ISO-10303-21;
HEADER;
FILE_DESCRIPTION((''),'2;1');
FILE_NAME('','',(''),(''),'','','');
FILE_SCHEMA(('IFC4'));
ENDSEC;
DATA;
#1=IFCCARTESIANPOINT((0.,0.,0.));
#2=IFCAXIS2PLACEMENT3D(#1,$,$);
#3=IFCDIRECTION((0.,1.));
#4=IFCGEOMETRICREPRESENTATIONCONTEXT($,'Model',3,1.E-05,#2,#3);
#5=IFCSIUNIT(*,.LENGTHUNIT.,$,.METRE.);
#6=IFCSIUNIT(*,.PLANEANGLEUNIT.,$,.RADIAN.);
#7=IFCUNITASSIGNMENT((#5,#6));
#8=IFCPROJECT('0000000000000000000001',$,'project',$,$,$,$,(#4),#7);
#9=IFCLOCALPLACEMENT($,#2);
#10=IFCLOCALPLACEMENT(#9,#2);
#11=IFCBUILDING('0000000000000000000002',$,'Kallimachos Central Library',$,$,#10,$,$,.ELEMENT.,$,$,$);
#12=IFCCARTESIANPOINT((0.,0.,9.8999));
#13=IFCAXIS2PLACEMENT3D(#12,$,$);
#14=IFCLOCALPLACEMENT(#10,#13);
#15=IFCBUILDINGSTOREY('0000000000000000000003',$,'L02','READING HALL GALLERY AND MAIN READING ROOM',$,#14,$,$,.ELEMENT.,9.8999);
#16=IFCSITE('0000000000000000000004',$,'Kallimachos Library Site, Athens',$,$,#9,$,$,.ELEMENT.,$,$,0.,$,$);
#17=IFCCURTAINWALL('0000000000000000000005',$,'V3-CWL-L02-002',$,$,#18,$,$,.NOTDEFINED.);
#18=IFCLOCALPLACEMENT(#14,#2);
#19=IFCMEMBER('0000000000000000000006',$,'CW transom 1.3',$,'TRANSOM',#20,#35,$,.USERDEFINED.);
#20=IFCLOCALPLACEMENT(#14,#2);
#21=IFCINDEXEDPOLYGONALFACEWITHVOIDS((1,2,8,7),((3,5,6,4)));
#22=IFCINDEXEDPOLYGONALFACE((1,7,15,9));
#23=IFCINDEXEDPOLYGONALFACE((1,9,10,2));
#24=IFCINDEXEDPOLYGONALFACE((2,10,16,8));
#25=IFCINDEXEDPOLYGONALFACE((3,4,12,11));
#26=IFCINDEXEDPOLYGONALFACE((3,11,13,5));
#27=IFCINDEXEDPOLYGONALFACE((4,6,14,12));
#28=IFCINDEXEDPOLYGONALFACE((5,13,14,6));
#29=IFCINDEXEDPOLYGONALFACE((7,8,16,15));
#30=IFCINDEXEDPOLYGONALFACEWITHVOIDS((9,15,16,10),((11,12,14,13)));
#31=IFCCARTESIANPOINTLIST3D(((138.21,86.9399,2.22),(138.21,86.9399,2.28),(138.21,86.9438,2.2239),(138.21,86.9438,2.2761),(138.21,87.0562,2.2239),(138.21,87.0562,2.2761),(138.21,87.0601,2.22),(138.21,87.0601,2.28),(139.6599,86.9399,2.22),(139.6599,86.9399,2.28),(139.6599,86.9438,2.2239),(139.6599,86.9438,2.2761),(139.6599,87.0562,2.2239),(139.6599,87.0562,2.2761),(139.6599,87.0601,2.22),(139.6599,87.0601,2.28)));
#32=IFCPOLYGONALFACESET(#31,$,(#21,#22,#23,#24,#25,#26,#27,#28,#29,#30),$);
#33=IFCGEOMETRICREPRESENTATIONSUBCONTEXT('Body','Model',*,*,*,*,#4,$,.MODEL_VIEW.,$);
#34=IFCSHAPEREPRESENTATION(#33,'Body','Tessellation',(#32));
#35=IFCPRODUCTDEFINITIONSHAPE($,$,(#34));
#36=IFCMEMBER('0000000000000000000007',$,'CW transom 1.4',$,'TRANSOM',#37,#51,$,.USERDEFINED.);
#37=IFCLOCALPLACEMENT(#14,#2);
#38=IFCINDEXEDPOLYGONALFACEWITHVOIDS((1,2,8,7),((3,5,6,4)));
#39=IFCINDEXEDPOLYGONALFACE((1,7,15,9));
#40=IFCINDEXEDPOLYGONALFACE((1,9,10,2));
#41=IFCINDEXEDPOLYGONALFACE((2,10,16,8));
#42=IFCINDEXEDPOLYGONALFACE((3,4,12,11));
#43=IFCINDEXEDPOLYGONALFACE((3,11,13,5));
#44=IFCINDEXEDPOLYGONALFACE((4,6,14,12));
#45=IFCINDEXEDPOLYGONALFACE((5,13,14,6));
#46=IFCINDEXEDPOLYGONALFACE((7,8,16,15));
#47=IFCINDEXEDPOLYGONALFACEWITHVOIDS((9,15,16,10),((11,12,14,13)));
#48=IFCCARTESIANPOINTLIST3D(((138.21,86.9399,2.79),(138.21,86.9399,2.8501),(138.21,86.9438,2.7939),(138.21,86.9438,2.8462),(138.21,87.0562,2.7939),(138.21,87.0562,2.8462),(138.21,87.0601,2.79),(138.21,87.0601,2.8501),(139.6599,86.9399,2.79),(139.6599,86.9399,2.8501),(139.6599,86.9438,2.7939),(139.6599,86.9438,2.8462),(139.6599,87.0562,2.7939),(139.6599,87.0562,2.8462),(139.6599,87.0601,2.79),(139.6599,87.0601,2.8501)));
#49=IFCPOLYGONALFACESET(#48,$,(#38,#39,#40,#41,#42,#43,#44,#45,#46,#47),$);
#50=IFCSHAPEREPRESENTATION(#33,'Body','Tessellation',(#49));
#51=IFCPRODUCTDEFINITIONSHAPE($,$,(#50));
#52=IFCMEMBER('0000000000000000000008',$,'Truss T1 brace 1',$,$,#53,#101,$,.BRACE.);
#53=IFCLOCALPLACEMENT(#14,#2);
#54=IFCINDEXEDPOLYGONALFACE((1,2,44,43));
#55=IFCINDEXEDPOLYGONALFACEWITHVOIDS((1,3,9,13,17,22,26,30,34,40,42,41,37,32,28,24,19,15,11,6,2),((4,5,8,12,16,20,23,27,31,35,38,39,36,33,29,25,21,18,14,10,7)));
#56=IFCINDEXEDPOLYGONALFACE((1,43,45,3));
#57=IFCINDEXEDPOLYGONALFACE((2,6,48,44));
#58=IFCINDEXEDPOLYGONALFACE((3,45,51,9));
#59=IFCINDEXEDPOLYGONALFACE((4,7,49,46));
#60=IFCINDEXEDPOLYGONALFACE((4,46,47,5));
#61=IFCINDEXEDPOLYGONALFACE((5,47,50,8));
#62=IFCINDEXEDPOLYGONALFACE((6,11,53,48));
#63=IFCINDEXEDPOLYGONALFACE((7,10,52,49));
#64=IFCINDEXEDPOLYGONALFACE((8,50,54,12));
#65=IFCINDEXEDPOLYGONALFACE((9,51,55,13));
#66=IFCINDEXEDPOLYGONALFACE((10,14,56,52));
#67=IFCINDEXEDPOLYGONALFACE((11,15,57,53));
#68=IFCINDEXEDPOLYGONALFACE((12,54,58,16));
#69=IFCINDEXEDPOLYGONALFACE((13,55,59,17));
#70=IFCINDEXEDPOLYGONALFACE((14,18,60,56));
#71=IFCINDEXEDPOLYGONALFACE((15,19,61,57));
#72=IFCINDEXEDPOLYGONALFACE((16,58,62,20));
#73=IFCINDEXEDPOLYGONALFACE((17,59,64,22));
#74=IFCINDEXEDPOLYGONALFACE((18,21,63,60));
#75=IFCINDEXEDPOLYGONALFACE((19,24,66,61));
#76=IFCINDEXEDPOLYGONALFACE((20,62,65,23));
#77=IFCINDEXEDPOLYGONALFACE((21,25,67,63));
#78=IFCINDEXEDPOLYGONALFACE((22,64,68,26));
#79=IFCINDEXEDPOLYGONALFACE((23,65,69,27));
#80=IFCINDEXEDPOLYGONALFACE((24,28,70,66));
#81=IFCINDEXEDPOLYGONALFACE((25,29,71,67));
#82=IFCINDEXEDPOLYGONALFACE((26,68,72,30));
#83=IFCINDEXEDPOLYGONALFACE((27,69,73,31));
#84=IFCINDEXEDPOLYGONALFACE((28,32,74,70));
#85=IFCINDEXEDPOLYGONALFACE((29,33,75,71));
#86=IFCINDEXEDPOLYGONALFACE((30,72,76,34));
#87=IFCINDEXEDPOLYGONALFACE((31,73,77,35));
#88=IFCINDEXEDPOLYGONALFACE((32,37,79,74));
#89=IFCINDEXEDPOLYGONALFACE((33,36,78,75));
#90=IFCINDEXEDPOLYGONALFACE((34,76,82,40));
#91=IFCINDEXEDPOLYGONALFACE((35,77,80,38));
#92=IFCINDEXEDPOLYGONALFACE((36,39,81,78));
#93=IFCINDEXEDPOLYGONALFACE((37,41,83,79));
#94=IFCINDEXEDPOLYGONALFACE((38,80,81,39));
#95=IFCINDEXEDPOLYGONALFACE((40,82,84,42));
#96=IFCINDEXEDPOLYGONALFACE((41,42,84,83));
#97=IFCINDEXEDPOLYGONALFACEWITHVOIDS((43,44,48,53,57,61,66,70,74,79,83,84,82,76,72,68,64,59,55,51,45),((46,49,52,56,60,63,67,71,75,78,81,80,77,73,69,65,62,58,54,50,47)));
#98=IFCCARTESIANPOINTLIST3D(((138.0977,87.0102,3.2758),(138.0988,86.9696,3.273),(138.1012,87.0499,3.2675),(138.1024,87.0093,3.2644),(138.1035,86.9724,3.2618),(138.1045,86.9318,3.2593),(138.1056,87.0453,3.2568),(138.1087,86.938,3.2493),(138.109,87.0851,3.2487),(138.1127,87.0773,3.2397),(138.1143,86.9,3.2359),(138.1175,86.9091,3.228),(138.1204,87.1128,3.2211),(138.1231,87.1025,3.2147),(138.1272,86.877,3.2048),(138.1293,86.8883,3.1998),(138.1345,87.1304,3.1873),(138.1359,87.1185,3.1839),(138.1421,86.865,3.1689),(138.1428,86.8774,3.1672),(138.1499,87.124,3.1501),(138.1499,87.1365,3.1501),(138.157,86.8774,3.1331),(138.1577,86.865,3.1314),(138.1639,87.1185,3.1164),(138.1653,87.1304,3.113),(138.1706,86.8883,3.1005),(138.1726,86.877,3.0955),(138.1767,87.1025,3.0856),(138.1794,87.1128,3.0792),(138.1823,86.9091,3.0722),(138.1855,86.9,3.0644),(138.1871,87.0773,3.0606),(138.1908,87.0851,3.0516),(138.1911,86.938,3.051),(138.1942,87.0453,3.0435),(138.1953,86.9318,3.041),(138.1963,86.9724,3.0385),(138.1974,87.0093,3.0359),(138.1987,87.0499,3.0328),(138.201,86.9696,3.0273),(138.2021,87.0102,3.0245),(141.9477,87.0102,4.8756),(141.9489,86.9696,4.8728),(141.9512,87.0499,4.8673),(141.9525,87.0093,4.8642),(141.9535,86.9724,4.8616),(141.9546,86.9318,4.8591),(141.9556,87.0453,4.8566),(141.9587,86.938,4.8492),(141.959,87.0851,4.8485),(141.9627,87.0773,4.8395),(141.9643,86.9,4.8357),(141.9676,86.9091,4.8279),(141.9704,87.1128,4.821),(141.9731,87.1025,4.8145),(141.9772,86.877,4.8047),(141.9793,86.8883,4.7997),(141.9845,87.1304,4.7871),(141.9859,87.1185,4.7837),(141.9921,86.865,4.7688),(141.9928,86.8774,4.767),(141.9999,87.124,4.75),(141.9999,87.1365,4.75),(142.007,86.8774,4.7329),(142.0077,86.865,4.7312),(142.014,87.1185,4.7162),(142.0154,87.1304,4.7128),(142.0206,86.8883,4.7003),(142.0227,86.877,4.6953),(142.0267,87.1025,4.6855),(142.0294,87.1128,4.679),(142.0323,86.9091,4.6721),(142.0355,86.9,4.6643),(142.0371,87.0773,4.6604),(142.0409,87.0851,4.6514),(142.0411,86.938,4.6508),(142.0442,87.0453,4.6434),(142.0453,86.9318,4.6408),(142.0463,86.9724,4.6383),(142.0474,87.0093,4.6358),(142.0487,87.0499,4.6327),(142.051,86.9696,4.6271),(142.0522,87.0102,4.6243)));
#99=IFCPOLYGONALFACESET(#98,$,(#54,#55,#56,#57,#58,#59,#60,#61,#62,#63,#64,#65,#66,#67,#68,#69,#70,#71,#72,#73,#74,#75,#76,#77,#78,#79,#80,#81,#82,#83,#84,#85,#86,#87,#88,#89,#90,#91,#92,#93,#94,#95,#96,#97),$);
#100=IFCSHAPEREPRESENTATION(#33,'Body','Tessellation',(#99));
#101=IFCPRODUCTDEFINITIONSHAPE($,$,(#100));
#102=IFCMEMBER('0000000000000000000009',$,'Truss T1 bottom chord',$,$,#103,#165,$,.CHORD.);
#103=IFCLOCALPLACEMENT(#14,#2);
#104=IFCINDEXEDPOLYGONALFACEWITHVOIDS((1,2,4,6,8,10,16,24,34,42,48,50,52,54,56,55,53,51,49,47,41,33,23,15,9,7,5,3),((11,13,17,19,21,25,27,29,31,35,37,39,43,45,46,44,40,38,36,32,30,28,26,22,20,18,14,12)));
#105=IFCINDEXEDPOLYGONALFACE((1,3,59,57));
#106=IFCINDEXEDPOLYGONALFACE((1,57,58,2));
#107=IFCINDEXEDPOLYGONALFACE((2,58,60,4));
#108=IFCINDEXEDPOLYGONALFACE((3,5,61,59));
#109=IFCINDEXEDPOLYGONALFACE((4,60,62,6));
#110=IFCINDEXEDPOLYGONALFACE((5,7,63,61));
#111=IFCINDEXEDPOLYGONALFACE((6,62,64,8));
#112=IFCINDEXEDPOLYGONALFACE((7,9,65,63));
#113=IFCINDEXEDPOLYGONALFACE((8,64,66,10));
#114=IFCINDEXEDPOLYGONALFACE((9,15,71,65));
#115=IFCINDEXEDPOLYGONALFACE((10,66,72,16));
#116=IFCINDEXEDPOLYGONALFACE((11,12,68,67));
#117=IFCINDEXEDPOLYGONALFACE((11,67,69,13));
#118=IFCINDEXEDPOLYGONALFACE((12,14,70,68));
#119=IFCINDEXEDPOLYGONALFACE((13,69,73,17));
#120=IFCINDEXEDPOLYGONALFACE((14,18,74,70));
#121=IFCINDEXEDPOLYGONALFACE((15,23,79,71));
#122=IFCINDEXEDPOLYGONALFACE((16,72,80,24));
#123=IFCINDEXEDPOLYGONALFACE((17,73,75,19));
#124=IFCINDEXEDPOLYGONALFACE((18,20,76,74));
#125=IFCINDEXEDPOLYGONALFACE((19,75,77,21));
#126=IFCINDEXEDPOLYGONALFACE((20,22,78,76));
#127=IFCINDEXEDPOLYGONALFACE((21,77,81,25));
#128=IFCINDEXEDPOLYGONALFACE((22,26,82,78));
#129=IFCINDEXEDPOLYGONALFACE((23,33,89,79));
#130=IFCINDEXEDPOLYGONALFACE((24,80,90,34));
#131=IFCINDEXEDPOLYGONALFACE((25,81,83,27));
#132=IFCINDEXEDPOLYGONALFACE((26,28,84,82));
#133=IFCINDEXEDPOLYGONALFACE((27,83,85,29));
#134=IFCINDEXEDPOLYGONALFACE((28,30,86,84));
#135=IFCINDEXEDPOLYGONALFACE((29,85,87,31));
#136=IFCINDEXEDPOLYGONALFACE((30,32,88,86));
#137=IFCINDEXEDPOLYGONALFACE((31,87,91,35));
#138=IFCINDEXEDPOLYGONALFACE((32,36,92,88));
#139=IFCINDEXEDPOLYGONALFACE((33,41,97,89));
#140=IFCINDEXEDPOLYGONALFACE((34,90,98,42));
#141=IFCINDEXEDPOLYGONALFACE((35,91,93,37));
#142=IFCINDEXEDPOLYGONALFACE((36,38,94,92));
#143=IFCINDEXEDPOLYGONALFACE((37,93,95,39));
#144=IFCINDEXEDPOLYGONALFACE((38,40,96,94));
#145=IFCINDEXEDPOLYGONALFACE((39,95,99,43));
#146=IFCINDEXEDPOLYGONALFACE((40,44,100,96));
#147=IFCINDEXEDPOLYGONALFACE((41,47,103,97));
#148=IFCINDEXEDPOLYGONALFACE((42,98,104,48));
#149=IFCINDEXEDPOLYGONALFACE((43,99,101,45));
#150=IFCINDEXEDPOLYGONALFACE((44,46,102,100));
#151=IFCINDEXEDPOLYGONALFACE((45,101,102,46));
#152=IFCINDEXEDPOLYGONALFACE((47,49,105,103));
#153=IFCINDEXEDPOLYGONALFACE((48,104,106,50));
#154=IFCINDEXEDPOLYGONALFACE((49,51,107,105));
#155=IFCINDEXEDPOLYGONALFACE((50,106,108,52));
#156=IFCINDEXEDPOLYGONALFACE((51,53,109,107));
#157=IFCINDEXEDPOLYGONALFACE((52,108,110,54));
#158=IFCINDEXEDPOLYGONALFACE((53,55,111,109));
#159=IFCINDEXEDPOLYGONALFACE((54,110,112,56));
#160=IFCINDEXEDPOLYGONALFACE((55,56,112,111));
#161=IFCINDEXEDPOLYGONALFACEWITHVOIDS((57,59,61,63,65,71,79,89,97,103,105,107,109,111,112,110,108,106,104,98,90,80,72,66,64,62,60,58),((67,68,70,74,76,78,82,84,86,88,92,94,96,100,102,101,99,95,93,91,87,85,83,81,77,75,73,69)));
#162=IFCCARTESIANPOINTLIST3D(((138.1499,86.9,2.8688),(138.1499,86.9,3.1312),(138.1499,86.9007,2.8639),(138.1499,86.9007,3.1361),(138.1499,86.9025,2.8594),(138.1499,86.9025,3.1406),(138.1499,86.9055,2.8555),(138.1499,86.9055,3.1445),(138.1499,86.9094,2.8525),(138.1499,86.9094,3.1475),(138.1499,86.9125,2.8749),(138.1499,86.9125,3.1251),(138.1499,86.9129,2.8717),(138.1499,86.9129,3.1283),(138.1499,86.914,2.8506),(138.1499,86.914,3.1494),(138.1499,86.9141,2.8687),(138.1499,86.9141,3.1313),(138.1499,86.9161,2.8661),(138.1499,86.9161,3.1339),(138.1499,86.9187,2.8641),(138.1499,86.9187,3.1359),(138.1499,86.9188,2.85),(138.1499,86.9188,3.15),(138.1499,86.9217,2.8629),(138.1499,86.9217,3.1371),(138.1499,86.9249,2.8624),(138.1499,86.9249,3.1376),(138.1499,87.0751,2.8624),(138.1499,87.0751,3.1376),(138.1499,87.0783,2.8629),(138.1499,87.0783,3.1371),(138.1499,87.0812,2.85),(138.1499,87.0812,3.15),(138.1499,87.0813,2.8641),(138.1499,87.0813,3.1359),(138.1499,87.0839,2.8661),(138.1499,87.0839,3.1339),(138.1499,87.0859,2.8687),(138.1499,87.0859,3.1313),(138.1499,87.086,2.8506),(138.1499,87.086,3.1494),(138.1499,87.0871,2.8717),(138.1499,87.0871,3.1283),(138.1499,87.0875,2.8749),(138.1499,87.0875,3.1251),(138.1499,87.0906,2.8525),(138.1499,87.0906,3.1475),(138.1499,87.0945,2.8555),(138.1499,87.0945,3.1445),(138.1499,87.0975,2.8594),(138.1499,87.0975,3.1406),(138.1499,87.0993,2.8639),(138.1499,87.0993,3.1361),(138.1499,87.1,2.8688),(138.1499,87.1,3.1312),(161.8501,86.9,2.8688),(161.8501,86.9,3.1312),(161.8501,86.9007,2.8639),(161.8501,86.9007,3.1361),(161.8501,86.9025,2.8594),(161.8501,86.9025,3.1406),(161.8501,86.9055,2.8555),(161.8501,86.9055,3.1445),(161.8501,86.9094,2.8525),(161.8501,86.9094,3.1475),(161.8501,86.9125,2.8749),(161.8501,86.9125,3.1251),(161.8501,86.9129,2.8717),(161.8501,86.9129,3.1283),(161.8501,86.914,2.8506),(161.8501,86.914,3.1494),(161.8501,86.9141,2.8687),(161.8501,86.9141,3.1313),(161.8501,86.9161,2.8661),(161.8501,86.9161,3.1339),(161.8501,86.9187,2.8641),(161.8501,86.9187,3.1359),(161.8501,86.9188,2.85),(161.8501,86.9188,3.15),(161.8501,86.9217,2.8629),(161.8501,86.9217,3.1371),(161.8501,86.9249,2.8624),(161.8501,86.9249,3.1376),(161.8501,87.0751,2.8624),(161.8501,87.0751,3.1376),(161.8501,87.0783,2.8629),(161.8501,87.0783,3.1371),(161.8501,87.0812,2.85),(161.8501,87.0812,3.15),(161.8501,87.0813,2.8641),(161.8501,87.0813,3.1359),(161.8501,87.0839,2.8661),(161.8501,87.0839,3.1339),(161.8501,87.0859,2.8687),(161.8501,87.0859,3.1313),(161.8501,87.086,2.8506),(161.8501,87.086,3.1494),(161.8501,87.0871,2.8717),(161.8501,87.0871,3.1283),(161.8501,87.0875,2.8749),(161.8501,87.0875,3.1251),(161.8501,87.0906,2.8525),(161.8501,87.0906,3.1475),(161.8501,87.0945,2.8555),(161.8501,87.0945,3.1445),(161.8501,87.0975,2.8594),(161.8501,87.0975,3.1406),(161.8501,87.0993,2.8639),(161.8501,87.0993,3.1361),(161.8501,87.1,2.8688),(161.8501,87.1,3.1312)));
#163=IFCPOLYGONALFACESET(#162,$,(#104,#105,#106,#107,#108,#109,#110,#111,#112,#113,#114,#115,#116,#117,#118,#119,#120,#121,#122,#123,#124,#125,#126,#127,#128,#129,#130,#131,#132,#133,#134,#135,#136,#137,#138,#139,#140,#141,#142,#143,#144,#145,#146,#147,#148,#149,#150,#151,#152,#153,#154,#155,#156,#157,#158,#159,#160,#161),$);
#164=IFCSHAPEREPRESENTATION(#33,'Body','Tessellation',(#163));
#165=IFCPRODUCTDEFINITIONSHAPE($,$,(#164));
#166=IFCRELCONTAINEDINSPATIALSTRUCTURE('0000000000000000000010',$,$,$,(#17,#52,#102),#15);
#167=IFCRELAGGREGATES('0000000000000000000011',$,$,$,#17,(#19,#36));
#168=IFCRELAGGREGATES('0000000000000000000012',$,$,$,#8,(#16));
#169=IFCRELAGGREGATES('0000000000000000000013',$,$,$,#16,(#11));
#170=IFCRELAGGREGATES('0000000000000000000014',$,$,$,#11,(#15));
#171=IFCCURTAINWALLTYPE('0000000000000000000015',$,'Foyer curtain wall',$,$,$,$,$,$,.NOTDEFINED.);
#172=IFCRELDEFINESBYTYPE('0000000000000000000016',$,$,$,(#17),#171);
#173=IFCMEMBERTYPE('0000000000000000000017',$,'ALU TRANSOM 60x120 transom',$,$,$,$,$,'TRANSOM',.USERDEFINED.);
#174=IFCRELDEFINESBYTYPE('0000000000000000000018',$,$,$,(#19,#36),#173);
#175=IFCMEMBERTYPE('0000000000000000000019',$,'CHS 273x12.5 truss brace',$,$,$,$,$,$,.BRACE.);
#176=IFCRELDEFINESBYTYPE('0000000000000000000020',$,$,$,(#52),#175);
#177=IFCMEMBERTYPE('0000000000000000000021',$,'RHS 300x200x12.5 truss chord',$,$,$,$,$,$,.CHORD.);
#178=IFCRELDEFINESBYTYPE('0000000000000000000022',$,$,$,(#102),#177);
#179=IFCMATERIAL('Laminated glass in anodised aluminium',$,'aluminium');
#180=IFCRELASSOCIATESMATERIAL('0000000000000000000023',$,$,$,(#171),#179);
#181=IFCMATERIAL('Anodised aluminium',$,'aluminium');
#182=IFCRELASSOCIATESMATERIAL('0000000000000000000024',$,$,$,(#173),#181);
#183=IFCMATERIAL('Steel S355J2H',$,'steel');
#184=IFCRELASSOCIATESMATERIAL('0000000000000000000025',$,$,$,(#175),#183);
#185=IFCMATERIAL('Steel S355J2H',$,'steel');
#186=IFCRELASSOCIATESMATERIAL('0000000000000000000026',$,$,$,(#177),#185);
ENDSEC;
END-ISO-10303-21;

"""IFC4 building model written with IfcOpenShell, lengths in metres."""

from ifc_helpers import new_model, si_unit, direction, frame, origin, origin_2d, place, context, subcontext, project, spatial, hollow_rectangle, hollow_circle, extrude, material, material_profile, profile_set, type_object, element, aggregate, save


model = new_model("IFC4")

# Units and contexts
model_context = context("Model", 3, precision=1e-05, world=origin(), true_north=direction((0.0, 1.0)))
body_context = subcontext(model_context, "Body", "Model", "MODEL_VIEW")
ifc_project = project(units=[si_unit("LENGTHUNIT", "METRE"), si_unit("PLANEANGLEUNIT", "RADIAN")], contexts=[model_context])

# Site, building, storey
site_placement = place(None, origin())
site = spatial("IfcSite", under=ifc_project, at=site_placement, Name="Kallimachos Library Site, Athens", CompositionType="ELEMENT", RefElevation=0.0)
building_placement = place(site_placement, origin())
building = spatial("IfcBuilding", under=site, at=building_placement, Name="Kallimachos Central Library", CompositionType="ELEMENT")
storey_placement = place(building_placement, frame((0.0, 0.0, 9.8999)))
storey = spatial("IfcBuildingStorey", under=building, at=storey_placement, Name="L02", Description="READING HALL GALLERY AND MAIN READING ROOM", CompositionType="ELEMENT", Elevation=9.8999)

# Curtain wall
ifc_material_1 = material(Name="Laminated glass in anodised aluminium", Category="aluminium")
curtain_wall_type = type_object("IfcCurtainWallType", Name="Foyer curtain wall", PredefinedType="NOTDEFINED", material=ifc_material_1)
curtain_wall_1_placement = place(storey_placement, origin())
curtain_wall_1 = element("IfcCurtainWall", 1, at=curtain_wall_1_placement, inside=storey, type_object=curtain_wall_type, Name="V3-CWL-L02-002", PredefinedType="NOTDEFINED")

# Members
ifc_material_2 = material(Name="Anodised aluminium", Category="aluminium")
ifc_material_profile_1 = material_profile(ifc_material_2, hollow_rectangle(XDim=0.0601, YDim=0.1201, WallThickness=0.0039, at=origin_2d()), Name="ALU TRANSOM 60x120")
ifc_profile_set_1 = profile_set([ifc_material_profile_1], Name="Anodised aluminium")
member_type_1 = type_object("IfcMemberType", Name="ALU TRANSOM 60x120 transom", ElementType="TRANSOM", PredefinedType="USERDEFINED", material=ifc_profile_set_1)
member_1_placement = place(storey_placement, frame((138.21, 87.0, 2.25), z_axis=(1.0, 0.0, 0.0), x_axis=(0.0, 0.0, 1.0)))
member_1 = element("IfcMember", 2, at=member_1_placement, type_object=member_type_1, Name="CW transom 1.3", ObjectType="TRANSOM", PredefinedType="USERDEFINED", context=body_context, shape_type="SweptSolid", body=[
    extrude(hollow_rectangle(XDim=0.0601, YDim=0.1201, WallThickness=0.0039, at=origin_2d()), origin(), (0.0, 0.0, 1.0), 1.45),
])
member_2_placement = place(storey_placement, frame((138.21, 87.0, 2.8201), z_axis=(1.0, 0.0, 0.0), x_axis=(0.0, 0.0, 1.0)))
member_2 = element("IfcMember", 3, at=member_2_placement, type_object=member_type_1, Name="CW transom 1.4", ObjectType="TRANSOM", PredefinedType="USERDEFINED", context=body_context, shape_type="SweptSolid", body=[
    extrude(hollow_rectangle(XDim=0.0601, YDim=0.1201, WallThickness=0.0039, at=origin_2d()), origin(), (0.0, 0.0, 1.0), 1.45),
])
aggregate(curtain_wall_1, [member_1, member_2])

# Members
ifc_material_3 = material(Name="Steel S355J2H", Category="steel")
ifc_material_profile_2 = material_profile(ifc_material_3, hollow_circle(Radius=0.1365, WallThickness=0.0125, at=origin_2d()), Name="CHS 273x12.5")
ifc_profile_set_2 = profile_set([ifc_material_profile_2], Name="Steel S355J2H")
member_type_2 = type_object("IfcMemberType", Name="CHS 273x12.5 truss brace", PredefinedType="BRACE", material=ifc_profile_set_2)
member_3_placement = place(storey_placement, frame((138.1499, 87.0, 3.1501), z_axis=(0.923447, 0.0, 0.383725), x_axis=(0.0, 1.0, 0.0)))
element("IfcMember", 4, at=member_3_placement, inside=storey, type_object=member_type_2, Name="Truss T1 brace 1", PredefinedType="BRACE", context=body_context, shape_type="SweptSolid", body=[
    extrude(hollow_circle(Radius=0.1365, WallThickness=0.0125, at=origin_2d()), origin(), (0.0, 0.0, 1.0), 4.1692),
])
ifc_material_4 = material(Name="Steel S355J2H", Category="steel")
ifc_material_profile_3 = material_profile(ifc_material_4, hollow_rectangle(XDim=0.2, YDim=0.3, WallThickness=0.0125, InnerFilletRadius=0.0125, OuterFilletRadius=0.0188, at=origin_2d()), Name="RHS 300x200x12.5")
ifc_profile_set_3 = profile_set([ifc_material_profile_3], Name="Steel S355J2H")
member_type_3 = type_object("IfcMemberType", Name="RHS 300x200x12.5 truss chord", PredefinedType="CHORD", material=ifc_profile_set_3)
member_4_placement = place(storey_placement, frame((138.1499, 87.0, 3.0), z_axis=(1.0, 0.0, 0.0), x_axis=(0.0, 1.0, 0.0)))
element("IfcMember", 5, at=member_4_placement, inside=storey, type_object=member_type_3, Name="Truss T1 bottom chord", PredefinedType="CHORD", context=body_context, shape_type="SweptSolid", body=[
    extrude(hollow_rectangle(XDim=0.2, YDim=0.3, WallThickness=0.0125, InnerFilletRadius=0.0125, OuterFilletRadius=0.0188, at=origin_2d()), origin(), (0.0, 0.0, 1.0), 23.7002),
])

save(model, "model.ifc")
